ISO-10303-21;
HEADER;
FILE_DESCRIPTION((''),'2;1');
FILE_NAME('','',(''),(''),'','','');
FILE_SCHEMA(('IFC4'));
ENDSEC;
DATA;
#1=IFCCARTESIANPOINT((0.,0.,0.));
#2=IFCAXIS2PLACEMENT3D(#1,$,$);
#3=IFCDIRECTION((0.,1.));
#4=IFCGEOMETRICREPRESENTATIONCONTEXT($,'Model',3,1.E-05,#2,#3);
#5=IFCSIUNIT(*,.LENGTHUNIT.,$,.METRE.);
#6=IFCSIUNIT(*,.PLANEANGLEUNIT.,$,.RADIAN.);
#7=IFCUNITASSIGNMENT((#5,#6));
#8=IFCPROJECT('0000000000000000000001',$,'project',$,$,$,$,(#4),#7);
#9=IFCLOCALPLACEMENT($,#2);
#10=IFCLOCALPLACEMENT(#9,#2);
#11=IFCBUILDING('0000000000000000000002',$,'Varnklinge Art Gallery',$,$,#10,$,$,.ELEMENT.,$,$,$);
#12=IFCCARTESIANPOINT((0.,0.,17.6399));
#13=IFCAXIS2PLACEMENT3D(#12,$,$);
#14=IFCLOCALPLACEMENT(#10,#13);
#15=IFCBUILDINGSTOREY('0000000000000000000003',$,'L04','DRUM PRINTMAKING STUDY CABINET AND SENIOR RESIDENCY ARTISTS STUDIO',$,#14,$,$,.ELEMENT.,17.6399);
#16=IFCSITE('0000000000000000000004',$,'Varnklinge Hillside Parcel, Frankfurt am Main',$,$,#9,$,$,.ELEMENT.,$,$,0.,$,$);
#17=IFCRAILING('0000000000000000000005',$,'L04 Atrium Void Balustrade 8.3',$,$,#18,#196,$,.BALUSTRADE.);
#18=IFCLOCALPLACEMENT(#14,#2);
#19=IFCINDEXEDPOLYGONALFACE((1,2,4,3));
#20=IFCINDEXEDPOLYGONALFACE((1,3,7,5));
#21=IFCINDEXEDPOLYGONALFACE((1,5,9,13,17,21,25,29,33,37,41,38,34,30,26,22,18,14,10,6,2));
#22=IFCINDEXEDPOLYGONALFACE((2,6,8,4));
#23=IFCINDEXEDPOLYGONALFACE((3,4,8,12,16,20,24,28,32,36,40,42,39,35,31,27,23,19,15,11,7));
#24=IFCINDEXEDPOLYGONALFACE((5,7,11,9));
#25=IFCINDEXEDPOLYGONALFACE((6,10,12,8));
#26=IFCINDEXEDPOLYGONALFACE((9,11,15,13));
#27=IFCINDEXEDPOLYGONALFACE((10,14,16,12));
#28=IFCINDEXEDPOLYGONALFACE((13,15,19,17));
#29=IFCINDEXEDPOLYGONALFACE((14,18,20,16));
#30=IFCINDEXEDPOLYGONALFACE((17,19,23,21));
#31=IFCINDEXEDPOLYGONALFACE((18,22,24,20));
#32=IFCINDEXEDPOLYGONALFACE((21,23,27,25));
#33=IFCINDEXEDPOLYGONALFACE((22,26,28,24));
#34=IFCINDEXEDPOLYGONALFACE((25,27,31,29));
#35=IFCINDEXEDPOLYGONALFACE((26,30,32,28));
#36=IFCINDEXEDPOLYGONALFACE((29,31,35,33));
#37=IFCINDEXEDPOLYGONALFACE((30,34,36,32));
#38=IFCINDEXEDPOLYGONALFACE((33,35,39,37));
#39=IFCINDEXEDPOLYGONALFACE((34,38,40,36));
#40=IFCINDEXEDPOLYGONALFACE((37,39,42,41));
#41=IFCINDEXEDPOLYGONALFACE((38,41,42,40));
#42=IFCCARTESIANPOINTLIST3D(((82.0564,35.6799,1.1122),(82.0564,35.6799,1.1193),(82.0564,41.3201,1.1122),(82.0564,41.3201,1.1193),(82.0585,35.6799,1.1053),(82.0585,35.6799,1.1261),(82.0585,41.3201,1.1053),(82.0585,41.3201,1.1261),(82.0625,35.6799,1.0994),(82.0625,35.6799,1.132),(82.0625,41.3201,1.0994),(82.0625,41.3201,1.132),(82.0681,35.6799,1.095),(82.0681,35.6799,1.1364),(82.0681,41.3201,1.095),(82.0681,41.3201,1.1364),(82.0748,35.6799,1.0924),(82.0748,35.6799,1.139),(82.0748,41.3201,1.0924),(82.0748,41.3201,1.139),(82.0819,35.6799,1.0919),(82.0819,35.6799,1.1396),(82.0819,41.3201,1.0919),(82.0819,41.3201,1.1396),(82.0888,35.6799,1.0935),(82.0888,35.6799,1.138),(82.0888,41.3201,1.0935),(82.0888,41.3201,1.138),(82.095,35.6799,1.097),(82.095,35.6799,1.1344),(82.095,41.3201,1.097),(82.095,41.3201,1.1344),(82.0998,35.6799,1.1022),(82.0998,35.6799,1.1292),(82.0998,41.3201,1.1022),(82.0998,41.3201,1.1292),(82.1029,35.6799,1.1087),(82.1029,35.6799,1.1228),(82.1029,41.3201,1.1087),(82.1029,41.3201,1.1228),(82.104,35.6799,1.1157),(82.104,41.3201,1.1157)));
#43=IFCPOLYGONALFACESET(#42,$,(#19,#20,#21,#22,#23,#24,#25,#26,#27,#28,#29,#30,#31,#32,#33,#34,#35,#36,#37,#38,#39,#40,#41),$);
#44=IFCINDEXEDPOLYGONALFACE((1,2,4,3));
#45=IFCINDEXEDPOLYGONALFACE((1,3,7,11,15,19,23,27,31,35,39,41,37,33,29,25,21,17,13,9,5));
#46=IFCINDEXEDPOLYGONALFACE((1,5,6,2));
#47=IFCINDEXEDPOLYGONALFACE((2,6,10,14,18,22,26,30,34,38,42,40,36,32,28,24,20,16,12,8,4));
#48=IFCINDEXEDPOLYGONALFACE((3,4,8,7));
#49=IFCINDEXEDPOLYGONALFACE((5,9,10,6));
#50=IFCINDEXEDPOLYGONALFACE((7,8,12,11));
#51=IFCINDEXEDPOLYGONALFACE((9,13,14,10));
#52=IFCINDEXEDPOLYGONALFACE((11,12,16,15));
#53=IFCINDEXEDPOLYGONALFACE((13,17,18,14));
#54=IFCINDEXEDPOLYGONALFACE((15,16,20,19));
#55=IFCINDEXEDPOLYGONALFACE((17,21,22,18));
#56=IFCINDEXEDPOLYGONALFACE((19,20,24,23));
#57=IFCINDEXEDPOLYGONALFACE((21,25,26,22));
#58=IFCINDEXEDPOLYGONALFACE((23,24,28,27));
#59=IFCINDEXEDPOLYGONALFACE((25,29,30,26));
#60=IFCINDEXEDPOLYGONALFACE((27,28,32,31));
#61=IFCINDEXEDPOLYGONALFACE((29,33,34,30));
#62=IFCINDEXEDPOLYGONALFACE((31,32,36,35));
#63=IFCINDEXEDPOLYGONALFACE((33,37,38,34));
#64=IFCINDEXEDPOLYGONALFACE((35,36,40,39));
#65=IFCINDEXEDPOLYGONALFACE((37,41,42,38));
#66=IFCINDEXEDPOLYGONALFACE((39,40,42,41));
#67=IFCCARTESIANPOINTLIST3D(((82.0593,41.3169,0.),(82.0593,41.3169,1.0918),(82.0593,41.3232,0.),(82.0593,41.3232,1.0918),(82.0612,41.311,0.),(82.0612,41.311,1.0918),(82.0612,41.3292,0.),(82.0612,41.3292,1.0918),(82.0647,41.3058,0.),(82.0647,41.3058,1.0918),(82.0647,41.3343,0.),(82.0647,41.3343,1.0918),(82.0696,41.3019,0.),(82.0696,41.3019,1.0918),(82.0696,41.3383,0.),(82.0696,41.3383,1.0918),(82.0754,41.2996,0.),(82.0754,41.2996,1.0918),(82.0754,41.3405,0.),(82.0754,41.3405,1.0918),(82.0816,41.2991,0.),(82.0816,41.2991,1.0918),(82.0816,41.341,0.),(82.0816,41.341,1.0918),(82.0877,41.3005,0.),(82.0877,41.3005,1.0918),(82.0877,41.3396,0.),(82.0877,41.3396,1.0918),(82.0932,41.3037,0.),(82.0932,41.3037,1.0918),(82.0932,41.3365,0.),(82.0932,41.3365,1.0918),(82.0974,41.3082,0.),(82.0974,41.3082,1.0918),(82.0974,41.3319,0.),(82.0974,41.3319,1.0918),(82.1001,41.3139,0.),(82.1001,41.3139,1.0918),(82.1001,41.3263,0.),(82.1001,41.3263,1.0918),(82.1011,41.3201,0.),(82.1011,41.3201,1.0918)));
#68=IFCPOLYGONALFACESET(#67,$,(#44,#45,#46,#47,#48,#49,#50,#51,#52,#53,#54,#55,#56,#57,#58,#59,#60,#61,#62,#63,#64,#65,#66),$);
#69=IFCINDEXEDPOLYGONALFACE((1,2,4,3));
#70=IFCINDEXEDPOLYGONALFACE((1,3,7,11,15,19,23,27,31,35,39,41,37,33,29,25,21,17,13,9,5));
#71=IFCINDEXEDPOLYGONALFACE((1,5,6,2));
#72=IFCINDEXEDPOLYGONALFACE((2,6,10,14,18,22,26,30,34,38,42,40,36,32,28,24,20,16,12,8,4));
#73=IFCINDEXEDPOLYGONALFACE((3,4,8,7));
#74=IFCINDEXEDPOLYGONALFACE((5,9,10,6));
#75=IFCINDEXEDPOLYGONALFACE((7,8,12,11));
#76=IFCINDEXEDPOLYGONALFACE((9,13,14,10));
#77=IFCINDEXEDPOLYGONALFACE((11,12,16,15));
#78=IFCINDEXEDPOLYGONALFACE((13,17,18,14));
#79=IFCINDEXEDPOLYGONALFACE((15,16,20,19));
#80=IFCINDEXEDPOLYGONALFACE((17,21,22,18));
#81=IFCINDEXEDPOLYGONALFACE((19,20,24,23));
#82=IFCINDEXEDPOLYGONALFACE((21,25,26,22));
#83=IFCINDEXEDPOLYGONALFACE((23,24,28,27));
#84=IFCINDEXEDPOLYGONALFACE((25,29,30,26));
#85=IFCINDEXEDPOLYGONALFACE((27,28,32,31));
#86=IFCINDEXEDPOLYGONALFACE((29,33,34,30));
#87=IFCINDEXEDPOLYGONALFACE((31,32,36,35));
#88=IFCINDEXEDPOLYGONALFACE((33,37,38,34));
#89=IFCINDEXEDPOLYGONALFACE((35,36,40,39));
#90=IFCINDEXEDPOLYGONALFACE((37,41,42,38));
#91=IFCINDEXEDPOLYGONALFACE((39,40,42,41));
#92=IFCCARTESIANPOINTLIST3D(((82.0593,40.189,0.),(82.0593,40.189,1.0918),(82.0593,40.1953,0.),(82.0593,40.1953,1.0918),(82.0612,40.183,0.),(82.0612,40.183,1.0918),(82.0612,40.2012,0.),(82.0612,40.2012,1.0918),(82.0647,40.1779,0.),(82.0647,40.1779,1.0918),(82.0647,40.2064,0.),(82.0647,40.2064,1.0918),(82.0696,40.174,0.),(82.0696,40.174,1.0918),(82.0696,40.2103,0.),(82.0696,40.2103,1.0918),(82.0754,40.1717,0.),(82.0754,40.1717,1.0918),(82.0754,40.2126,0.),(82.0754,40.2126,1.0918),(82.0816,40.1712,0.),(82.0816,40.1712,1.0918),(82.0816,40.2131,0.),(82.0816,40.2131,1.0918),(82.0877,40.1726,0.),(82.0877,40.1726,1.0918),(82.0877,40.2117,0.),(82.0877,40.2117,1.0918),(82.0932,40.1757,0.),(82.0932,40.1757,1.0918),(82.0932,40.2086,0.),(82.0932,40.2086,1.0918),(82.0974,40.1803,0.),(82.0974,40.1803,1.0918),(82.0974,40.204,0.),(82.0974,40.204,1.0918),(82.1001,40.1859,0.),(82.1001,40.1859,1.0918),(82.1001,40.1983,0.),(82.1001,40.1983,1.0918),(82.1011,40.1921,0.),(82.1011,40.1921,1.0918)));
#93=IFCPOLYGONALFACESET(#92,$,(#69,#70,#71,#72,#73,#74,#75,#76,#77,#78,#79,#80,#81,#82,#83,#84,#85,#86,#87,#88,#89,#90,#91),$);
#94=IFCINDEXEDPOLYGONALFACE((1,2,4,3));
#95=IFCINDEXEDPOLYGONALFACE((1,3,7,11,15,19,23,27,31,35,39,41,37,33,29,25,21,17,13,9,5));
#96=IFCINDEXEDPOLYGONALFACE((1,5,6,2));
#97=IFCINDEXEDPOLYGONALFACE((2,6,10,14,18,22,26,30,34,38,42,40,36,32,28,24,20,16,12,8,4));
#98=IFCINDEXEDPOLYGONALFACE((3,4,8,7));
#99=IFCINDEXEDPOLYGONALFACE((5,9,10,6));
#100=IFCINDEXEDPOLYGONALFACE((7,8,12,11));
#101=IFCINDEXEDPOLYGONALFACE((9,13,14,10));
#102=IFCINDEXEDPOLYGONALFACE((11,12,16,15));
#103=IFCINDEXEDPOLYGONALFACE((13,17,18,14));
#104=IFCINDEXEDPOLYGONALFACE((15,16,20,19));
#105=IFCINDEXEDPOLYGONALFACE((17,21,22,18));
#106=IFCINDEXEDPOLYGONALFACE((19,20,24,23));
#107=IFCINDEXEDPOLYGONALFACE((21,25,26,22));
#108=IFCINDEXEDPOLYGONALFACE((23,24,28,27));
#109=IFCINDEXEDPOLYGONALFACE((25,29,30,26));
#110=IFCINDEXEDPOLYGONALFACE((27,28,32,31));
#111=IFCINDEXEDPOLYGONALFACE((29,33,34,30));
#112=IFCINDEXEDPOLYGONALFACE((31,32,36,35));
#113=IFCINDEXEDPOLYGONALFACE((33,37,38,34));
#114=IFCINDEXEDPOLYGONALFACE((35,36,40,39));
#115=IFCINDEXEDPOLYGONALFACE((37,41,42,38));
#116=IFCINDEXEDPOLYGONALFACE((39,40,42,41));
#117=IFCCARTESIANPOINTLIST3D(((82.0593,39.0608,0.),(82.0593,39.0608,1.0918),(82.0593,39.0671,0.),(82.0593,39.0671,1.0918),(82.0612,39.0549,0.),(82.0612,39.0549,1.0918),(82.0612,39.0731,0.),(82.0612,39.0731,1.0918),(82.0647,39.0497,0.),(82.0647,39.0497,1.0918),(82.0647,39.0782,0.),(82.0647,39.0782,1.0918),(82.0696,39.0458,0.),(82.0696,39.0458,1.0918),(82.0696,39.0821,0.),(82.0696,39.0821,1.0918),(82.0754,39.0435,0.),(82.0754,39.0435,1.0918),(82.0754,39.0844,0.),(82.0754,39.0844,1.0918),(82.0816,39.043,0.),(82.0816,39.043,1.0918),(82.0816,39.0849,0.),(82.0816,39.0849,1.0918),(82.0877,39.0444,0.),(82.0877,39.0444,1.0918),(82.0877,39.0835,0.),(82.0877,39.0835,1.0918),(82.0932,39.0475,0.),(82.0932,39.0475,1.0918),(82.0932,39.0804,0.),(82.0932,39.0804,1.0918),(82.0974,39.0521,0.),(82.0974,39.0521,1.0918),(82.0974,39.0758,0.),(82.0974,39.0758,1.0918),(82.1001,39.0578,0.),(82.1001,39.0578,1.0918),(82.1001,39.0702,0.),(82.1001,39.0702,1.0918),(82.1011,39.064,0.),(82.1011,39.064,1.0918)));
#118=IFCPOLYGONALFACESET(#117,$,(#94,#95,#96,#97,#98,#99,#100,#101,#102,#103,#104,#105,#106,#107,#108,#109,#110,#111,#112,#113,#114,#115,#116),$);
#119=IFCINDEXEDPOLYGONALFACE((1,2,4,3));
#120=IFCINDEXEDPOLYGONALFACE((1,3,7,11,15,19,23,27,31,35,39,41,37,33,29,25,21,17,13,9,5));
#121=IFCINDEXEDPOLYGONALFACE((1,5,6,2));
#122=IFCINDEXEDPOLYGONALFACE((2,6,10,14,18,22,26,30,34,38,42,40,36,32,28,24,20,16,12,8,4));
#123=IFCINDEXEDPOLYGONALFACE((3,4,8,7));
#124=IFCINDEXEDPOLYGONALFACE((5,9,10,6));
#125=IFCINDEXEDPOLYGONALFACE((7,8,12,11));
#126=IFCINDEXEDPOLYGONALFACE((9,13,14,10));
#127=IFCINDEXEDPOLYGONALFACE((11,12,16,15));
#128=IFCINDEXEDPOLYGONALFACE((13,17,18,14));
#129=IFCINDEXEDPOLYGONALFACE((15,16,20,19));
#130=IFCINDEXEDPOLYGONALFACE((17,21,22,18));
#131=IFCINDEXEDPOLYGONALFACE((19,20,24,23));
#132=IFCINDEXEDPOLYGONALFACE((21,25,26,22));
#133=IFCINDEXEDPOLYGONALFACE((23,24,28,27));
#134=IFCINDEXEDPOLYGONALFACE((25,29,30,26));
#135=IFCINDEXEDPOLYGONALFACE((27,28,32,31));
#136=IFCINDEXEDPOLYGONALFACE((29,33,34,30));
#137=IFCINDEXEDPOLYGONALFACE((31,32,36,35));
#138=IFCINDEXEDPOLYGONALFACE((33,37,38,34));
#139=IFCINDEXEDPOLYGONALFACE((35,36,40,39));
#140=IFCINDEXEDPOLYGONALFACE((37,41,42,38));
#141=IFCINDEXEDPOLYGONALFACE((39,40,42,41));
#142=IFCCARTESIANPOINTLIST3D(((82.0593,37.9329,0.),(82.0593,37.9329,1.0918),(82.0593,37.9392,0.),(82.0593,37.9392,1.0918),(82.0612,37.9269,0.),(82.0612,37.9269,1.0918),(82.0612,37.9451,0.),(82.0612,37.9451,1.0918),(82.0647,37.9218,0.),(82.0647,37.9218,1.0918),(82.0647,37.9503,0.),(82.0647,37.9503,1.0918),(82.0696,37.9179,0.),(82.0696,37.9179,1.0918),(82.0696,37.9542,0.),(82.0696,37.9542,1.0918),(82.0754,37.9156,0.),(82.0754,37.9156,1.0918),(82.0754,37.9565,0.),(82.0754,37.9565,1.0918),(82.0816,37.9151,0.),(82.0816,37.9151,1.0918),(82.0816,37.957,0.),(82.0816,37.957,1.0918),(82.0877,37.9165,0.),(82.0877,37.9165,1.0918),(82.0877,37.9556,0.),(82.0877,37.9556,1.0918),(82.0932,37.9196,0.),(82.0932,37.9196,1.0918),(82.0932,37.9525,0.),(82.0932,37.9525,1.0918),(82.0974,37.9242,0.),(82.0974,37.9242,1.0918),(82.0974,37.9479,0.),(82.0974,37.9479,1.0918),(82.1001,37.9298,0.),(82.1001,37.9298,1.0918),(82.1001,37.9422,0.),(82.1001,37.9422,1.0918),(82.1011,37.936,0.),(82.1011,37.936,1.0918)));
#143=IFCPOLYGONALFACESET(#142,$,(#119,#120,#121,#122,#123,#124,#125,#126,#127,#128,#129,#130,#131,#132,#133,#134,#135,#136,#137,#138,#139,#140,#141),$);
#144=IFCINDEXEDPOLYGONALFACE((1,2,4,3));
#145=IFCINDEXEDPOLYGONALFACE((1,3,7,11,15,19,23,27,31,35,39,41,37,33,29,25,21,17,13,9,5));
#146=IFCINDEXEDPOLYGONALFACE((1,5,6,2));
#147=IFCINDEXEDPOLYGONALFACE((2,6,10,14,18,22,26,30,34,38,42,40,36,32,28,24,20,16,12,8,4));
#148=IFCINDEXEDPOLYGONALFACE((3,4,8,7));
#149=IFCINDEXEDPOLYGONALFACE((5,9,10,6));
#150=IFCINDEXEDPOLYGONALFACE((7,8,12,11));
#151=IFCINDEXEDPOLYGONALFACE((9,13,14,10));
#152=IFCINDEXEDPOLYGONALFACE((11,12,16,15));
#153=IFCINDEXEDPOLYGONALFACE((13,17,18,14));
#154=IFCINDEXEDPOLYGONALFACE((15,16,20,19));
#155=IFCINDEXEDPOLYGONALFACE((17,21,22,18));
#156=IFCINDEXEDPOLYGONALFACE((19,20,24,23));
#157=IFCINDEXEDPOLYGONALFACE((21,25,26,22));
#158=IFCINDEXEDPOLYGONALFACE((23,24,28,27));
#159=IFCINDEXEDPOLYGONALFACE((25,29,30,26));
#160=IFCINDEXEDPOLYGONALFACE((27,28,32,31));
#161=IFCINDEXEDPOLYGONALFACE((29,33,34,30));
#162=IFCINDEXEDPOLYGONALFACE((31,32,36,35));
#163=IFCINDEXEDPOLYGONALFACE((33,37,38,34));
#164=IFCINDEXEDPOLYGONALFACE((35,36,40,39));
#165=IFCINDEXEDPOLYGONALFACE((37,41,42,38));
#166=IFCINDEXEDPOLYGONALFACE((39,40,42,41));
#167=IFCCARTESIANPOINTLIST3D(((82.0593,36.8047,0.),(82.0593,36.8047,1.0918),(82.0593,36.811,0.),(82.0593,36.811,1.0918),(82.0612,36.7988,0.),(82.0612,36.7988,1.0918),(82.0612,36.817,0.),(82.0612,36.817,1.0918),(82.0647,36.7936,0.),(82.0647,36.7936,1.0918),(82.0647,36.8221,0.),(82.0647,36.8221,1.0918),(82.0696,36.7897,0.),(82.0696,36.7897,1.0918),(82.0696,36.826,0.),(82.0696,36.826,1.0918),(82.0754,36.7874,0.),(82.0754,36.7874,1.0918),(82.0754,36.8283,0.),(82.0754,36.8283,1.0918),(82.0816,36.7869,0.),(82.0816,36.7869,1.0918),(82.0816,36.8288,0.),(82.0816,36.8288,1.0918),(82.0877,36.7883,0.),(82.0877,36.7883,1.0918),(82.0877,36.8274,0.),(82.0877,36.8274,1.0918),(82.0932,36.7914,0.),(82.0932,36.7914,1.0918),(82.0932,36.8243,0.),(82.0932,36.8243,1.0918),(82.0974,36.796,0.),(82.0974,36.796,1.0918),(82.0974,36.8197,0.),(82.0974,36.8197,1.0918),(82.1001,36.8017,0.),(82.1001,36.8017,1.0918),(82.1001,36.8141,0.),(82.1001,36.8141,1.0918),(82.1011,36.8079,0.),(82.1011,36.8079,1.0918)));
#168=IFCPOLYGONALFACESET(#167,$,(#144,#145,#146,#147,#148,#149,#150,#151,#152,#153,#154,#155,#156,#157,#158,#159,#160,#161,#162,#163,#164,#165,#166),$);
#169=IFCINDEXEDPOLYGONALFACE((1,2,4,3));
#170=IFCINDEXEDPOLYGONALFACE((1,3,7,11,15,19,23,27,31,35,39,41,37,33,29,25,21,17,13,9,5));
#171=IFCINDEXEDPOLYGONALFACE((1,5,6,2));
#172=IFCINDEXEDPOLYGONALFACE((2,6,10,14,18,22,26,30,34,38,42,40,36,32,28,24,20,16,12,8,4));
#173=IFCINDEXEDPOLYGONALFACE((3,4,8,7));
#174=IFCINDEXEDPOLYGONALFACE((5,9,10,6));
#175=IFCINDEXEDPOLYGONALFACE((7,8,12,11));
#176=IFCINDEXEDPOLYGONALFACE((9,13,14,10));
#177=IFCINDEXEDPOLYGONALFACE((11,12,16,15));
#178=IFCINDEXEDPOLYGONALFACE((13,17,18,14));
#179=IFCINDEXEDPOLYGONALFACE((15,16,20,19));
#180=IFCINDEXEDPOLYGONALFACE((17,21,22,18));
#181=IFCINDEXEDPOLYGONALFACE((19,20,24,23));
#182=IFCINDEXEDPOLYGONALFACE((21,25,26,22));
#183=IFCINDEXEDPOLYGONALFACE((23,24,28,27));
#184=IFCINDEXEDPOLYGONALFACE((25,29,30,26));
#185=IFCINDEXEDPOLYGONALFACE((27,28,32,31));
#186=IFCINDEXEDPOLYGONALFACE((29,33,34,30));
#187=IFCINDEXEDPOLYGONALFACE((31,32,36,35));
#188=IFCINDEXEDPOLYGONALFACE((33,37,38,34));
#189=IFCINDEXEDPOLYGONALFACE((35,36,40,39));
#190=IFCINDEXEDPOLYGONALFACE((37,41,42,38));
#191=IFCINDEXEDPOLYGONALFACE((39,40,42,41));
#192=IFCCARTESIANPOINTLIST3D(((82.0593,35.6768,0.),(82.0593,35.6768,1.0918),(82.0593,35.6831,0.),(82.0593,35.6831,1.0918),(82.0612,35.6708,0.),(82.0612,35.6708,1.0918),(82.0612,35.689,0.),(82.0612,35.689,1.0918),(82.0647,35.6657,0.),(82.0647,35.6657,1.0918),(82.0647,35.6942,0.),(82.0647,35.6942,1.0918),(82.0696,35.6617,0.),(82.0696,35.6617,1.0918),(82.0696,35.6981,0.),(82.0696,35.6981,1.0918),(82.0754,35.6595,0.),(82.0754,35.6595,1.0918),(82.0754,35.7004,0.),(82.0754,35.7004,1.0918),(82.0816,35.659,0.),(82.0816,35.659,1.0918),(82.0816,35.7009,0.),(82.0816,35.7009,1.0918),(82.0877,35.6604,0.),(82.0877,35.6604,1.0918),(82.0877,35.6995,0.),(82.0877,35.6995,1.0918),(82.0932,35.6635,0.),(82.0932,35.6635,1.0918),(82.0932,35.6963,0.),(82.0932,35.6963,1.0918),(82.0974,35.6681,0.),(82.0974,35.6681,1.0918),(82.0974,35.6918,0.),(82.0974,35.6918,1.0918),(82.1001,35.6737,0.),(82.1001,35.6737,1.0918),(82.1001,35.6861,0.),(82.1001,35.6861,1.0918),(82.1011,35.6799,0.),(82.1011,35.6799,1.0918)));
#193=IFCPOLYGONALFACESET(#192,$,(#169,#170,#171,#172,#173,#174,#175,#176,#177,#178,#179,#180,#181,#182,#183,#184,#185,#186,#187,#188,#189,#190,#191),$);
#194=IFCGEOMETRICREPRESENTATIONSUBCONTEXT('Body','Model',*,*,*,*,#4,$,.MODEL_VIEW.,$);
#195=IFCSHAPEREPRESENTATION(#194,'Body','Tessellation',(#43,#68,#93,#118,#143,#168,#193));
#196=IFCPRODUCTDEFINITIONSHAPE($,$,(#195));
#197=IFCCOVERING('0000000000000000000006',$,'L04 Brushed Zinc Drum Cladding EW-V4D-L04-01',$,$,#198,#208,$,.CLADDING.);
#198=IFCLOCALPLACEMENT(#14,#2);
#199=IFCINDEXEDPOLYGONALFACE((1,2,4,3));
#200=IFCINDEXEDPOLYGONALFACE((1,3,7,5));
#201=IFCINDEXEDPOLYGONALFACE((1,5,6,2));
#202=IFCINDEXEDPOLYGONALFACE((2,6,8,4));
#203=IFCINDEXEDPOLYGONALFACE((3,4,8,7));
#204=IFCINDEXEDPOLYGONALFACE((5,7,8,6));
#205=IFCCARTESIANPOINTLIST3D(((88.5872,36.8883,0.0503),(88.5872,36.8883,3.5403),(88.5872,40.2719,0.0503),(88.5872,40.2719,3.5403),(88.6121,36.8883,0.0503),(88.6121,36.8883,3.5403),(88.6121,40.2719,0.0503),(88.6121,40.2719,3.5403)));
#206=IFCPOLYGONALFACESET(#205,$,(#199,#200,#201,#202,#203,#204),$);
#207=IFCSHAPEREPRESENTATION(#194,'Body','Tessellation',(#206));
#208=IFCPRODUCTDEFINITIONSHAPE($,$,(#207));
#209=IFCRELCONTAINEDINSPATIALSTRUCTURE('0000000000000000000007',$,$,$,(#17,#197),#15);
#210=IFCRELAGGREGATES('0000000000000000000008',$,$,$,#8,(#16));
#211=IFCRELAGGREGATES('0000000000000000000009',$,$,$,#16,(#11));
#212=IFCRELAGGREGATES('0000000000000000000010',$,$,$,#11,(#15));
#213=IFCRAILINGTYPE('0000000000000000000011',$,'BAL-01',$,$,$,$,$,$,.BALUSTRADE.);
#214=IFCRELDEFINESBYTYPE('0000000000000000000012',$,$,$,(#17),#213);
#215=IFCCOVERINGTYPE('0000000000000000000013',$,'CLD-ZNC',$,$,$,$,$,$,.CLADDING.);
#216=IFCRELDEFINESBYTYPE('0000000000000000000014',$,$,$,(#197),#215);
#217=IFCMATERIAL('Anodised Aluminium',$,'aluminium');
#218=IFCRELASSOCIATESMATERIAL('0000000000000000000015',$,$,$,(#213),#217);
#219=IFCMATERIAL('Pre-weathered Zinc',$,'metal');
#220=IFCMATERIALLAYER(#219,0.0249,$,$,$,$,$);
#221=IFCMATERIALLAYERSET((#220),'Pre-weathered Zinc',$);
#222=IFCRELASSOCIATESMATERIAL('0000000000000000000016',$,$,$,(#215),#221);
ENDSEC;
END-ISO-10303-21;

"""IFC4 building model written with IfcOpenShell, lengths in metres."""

from ifc_helpers import new_model, si_unit, direction, frame, origin, origin_2d, place, context, subcontext, project, spatial, rectangle, circle, extrude, material, layer, layer_set, type_object, element, save


model = new_model("IFC4")

# Units and contexts
model_context = context("Model", 3, precision=1e-05, world=origin(), true_north=direction((0.0, 1.0)))
body_context = subcontext(model_context, "Body", "Model", "MODEL_VIEW")
ifc_project = project(units=[si_unit("LENGTHUNIT", "METRE"), si_unit("PLANEANGLEUNIT", "RADIAN")], contexts=[model_context])

# Site, building, storey
site_placement = place(None, origin())
site = spatial("IfcSite", under=ifc_project, at=site_placement, Name="Varnklinge Hillside Parcel, Frankfurt am Main", CompositionType="ELEMENT", RefElevation=0.0)
building_placement = place(site_placement, origin())
building = spatial("IfcBuilding", under=site, at=building_placement, Name="Varnklinge Art Gallery", CompositionType="ELEMENT")
storey_placement = place(building_placement, frame((0.0, 0.0, 17.6399)))
storey = spatial("IfcBuildingStorey", under=building, at=storey_placement, Name="L04", Description="DRUM PRINTMAKING STUDY CABINET AND SENIOR RESIDENCY ARTISTS STUDIO", CompositionType="ELEMENT", Elevation=17.6399)

# Railing
ifc_material_1 = material(Name="Anodised Aluminium", Category="aluminium")
railing_type = type_object("IfcRailingType", Name="BAL-01", PredefinedType="BALUSTRADE", material=ifc_material_1)
railing_1_placement = place(storey_placement, frame((82.0801, 41.3201, 0.0)))
element("IfcRailing", 1, at=railing_1_placement, inside=storey, type_object=railing_type, Name="L04 Atrium Void Balustrade 8.3", PredefinedType="BALUSTRADE", context=body_context, shape_type="SweptSolid", body=[
    extrude(circle(Radius=0.0239, at=origin_2d()), frame((0.0, 0.0, 1.1157), z_axis=(0.0, -1.0, 0.0), x_axis=(1.0, 0.0, 0.0)), (0.0, 0.0, 1.0), 5.6401),
    extrude(circle(Radius=0.021, at=origin_2d()), origin(), (0.0, 0.0, 1.0), 1.0918),
    extrude(circle(Radius=0.021, at=origin_2d()), frame((0.0, -1.1279, 0.0)), (0.0, 0.0, 1.0), 1.0918),
    extrude(circle(Radius=0.021, at=origin_2d()), frame((0.0, -2.2561, 0.0)), (0.0, 0.0, 1.0), 1.0918),
    extrude(circle(Radius=0.021, at=origin_2d()), frame((0.0, -3.384, 0.0)), (0.0, 0.0, 1.0), 1.0918),
    extrude(circle(Radius=0.021, at=origin_2d()), frame((0.0, -4.5122, 0.0)), (0.0, 0.0, 1.0), 1.0918),
    extrude(circle(Radius=0.021, at=origin_2d()), frame((0.0, -5.6401, 0.0)), (0.0, 0.0, 1.0), 1.0918),
])

# Covering
ifc_material_2 = material(Name="Pre-weathered Zinc", Category="metal")
ifc_layer_1 = layer(ifc_material_2, 0.0249)
ifc_layer_set_1 = layer_set([ifc_layer_1], Name="Pre-weathered Zinc")
covering_type = type_object("IfcCoveringType", Name="CLD-ZNC", PredefinedType="CLADDING", material=ifc_layer_set_1)
covering_1_placement = place(storey_placement, frame((88.5996, 38.5801, 0.0503), z_axis=(0.0, 0.0, 1.0), x_axis=(0.0, -1.0, 0.0)))
element("IfcCovering", 2, at=covering_1_placement, inside=storey, type_object=covering_type, Name="L04 Brushed Zinc Drum Cladding EW-V4D-L04-01", PredefinedType="CLADDING", context=body_context, shape_type="SweptSolid", body=[
    extrude(rectangle(XDim=3.3835, YDim=0.0249, at=origin_2d()), origin(), (0.0, 0.0, 1.0), 3.49),
])

save(model, "model.ifc")
